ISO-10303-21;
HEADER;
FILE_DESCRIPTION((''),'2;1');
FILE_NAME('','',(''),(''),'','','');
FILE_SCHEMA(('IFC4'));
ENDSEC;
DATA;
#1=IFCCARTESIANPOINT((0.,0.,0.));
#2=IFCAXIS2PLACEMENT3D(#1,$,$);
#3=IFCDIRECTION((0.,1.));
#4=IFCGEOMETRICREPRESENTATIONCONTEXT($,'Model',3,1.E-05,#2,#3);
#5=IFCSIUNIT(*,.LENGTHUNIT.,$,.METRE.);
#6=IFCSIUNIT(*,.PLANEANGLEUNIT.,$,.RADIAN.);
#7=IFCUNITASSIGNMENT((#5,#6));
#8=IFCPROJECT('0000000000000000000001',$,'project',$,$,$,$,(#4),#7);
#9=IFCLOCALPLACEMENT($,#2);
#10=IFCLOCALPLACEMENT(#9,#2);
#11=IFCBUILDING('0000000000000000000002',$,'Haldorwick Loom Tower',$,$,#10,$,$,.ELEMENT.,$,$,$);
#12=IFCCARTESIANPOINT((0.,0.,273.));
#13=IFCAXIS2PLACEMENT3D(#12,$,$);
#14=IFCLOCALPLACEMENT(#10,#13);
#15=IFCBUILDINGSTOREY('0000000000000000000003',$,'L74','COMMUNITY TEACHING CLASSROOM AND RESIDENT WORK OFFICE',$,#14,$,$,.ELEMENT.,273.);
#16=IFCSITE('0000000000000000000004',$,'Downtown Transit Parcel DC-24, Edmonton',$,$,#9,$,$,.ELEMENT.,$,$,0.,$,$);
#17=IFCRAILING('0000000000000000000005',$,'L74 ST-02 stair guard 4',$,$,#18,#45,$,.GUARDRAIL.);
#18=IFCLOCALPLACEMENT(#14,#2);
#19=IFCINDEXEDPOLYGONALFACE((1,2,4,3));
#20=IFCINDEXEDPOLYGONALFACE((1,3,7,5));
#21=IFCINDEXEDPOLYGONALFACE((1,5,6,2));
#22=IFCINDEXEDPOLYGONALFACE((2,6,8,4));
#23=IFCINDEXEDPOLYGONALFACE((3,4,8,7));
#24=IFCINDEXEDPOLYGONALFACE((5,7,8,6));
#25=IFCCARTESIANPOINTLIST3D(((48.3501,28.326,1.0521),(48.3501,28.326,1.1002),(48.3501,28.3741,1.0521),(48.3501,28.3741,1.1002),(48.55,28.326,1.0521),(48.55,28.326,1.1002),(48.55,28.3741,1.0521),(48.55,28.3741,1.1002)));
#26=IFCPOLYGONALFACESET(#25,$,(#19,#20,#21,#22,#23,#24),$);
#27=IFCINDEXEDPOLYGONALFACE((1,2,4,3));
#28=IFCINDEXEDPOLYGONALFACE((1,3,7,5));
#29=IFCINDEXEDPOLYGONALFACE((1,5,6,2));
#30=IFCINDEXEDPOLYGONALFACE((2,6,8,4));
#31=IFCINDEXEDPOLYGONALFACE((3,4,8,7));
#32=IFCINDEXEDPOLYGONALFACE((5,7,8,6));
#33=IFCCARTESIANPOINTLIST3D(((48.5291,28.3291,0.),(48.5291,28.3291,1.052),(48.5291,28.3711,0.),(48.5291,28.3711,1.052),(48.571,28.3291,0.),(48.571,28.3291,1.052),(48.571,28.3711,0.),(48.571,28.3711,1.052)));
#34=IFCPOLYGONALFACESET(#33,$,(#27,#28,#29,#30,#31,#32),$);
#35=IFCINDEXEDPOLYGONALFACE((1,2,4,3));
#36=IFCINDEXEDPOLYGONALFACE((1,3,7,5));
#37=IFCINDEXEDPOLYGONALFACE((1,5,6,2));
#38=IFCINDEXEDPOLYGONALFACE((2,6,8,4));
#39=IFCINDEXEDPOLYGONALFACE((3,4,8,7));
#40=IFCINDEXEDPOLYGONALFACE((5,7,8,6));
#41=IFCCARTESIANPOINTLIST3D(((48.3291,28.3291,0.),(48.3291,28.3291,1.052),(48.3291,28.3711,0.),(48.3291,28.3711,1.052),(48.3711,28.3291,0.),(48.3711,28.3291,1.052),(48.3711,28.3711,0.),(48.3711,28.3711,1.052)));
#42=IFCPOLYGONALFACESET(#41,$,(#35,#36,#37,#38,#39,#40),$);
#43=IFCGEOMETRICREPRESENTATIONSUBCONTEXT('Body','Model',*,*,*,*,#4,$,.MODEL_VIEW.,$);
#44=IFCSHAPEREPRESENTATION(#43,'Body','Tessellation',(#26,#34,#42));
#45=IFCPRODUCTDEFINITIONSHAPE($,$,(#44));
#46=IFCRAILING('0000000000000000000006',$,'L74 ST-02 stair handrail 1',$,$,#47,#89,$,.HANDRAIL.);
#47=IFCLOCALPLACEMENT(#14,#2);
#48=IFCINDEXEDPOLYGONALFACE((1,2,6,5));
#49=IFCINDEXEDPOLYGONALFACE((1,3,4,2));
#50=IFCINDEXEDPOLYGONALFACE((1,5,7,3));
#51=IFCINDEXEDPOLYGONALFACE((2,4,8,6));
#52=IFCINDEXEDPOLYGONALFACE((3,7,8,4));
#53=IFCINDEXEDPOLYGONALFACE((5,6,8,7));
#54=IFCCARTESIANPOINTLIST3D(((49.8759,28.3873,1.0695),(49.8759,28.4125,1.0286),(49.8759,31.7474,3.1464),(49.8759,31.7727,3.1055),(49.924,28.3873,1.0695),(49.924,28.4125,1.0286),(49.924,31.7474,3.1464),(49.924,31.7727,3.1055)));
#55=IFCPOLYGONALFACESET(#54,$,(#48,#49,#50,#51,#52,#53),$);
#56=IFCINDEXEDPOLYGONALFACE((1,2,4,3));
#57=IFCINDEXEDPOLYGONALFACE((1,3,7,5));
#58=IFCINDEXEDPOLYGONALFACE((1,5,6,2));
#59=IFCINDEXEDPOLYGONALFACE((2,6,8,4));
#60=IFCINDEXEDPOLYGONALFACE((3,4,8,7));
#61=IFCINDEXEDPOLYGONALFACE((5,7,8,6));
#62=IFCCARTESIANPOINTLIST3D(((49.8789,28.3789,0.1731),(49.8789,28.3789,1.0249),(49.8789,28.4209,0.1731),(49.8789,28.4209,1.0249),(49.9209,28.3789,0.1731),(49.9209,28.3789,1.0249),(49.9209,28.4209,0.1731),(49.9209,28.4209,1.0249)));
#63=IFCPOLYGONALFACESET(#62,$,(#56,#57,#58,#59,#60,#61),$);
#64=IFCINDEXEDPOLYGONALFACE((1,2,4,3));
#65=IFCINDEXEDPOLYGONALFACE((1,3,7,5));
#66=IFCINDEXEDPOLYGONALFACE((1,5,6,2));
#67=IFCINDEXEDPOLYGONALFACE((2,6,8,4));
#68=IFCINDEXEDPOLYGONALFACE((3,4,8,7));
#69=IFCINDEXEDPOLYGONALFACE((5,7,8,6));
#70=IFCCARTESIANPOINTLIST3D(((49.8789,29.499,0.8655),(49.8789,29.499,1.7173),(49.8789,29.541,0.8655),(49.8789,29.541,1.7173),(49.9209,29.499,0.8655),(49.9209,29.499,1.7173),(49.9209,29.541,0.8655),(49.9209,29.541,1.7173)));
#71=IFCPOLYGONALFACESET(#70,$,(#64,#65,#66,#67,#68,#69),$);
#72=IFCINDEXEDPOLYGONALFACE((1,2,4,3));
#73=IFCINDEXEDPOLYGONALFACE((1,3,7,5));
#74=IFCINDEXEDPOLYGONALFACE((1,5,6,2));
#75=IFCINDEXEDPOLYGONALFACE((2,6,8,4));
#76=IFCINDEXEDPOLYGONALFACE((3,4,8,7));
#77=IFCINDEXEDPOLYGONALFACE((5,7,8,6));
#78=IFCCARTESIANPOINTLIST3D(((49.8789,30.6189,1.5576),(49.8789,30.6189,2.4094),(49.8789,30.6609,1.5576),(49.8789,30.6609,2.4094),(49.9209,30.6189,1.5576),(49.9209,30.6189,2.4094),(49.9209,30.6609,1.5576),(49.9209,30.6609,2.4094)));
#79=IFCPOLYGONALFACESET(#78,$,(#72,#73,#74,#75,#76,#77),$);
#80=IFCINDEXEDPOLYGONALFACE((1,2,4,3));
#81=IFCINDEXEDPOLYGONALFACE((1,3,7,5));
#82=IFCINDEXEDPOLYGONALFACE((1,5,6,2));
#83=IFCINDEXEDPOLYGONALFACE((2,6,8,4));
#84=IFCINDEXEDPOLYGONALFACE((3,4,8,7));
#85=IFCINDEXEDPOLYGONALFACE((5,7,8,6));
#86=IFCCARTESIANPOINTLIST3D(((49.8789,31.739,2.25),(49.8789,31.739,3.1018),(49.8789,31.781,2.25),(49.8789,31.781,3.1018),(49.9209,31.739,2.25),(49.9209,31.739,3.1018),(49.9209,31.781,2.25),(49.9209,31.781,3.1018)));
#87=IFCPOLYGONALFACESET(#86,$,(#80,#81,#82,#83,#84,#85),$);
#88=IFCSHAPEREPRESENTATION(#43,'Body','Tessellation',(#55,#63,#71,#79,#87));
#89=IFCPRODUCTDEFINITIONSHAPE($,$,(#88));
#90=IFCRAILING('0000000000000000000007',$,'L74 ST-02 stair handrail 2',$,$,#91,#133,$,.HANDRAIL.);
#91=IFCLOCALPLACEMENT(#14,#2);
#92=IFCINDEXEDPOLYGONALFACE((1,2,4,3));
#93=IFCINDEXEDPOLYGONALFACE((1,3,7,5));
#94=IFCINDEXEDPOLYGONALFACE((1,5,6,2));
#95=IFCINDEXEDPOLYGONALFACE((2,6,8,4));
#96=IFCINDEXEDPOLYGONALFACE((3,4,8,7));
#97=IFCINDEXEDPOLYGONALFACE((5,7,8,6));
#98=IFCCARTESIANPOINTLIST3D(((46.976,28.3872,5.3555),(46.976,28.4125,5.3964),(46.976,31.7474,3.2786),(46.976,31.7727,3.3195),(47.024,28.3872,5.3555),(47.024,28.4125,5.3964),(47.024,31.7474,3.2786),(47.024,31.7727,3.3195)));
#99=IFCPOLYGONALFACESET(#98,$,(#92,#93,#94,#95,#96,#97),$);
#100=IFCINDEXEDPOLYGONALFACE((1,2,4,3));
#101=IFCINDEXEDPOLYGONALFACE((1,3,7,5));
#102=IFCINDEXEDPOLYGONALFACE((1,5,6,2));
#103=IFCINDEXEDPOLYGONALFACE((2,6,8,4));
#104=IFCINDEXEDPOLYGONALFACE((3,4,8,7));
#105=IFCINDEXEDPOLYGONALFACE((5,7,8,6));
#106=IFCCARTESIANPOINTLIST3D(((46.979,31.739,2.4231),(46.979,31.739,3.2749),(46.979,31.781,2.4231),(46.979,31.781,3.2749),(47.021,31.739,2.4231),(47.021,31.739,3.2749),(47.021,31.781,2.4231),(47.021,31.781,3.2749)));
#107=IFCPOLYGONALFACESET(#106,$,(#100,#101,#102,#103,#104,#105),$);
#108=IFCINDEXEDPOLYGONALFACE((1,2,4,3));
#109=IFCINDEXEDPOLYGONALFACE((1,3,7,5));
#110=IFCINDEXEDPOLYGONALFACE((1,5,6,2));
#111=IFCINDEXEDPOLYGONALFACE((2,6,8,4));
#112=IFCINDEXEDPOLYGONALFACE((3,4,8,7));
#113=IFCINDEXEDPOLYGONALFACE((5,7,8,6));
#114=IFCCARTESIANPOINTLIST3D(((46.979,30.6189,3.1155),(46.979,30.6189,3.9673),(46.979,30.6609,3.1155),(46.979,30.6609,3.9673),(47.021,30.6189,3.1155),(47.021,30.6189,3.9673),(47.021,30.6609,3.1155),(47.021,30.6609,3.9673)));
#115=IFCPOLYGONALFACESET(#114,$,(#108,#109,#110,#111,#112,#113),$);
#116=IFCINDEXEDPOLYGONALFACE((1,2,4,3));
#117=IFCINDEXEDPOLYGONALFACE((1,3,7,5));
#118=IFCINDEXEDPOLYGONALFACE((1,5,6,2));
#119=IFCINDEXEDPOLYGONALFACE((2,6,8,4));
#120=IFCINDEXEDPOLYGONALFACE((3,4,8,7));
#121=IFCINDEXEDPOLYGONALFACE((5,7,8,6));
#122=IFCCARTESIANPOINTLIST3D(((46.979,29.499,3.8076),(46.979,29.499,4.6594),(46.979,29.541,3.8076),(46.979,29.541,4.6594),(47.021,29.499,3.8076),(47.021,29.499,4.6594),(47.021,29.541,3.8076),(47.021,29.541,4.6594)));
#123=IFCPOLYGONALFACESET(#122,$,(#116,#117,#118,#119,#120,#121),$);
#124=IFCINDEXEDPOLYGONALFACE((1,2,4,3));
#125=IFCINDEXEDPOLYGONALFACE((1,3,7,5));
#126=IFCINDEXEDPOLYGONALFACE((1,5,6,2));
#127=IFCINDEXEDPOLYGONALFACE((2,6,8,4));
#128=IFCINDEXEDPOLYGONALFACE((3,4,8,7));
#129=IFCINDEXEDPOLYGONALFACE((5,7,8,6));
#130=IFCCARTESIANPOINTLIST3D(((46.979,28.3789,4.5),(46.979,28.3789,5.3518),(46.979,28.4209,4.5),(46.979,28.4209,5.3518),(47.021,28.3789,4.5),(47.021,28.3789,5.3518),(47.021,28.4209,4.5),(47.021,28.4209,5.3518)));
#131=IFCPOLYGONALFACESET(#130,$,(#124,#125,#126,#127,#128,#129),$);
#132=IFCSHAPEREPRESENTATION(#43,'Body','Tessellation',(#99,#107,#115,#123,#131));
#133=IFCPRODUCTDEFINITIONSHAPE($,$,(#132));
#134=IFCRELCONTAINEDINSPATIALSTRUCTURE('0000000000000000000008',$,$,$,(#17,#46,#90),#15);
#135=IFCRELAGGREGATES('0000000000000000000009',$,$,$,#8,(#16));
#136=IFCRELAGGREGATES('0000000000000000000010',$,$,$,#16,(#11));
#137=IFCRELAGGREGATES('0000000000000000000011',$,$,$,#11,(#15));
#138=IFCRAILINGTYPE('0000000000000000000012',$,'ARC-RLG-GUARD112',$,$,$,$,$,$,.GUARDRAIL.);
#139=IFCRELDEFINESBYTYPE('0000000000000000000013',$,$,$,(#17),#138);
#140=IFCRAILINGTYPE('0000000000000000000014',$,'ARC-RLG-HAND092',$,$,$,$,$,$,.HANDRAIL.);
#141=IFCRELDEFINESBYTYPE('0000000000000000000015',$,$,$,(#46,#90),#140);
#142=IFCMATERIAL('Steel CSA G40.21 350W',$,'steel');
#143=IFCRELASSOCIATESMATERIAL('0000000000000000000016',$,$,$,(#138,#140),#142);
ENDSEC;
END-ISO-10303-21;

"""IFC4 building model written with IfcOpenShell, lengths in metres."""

from ifc_helpers import new_model, si_unit, direction, frame, origin, origin_2d, place, context, subcontext, project, spatial, rectangle, extrude, material, type_object, element, save


model = new_model("IFC4")

# Units and contexts
model_context = context("Model", 3, precision=1e-05, world=origin(), true_north=direction((0.0, 1.0)))
body_context = subcontext(model_context, "Body", "Model", "MODEL_VIEW")
ifc_project = project(units=[si_unit("LENGTHUNIT", "METRE"), si_unit("PLANEANGLEUNIT", "RADIAN")], contexts=[model_context])

# Site, building, storey
site_placement = place(None, origin())
site = spatial("IfcSite", under=ifc_project, at=site_placement, Name="Downtown Transit Parcel DC-24, Edmonton", CompositionType="ELEMENT", RefElevation=0.0)
building_placement = place(site_placement, origin())
building = spatial("IfcBuilding", under=site, at=building_placement, Name="Haldorwick Loom Tower", CompositionType="ELEMENT")
storey_placement = place(building_placement, frame((0.0, 0.0, 273.0)))
storey = spatial("IfcBuildingStorey", under=building, at=storey_placement, Name="L74", Description="COMMUNITY TEACHING CLASSROOM AND RESIDENT WORK OFFICE", CompositionType="ELEMENT", Elevation=273.0)

# Shared definitions
ifc_material_1 = material(Name="Steel CSA G40.21 350W", Category="steel")

# Railings
railing_type_1 = type_object("IfcRailingType", Name="ARC-RLG-GUARD112", PredefinedType="GUARDRAIL", material=ifc_material_1)
railing_1_placement = place(storey_placement, frame((48.55, 28.3501, 0.0)))
element("IfcRailing", 1, at=railing_1_placement, inside=storey, type_object=railing_type_1, Name="L74 ST-02 stair guard 4", PredefinedType="GUARDRAIL", context=body_context, shape_type="SweptSolid", body=[
    extrude(rectangle(XDim=0.0481, YDim=0.0481, at=origin_2d()), frame((0.0, 0.0, 1.0762), z_axis=(-1.0, 0.0, 0.0), x_axis=(0.0, -1.0, 0.0)), (0.0, 0.0, 1.0), 0.2),
    extrude(rectangle(XDim=0.042, YDim=0.042, at=origin_2d()), origin(), (0.0, 0.0, 1.0), 1.052),
    extrude(rectangle(XDim=0.042, YDim=0.042, at=origin_2d()), frame((-0.2, 0.0, 0.0)), (0.0, 0.0, 1.0), 1.052),
])
railing_type_2 = type_object("IfcRailingType", Name="ARC-RLG-HAND092", PredefinedType="HANDRAIL", material=ifc_material_1)
railing_2_placement = place(storey_placement, frame((49.8999, 28.3999, 0.1731)))
element("IfcRailing", 2, at=railing_2_placement, inside=storey, type_object=railing_type_2, Name="L74 ST-02 stair handrail 1", PredefinedType="HANDRAIL", context=body_context, shape_type="SweptSolid", body=[
    extrude(rectangle(XDim=0.0481, YDim=0.0481, at=origin_2d()), frame((0.0, 0.0, 0.876), z_axis=(0.0, 0.850623, 0.525776), x_axis=(-1.0, 0.0, 0.0)), (0.0, 0.0, 1.0), 3.9502),
    extrude(rectangle(XDim=0.042, YDim=0.042, at=origin_2d()), origin(), (0.0, 0.0, 1.0), 0.8518),
    extrude(rectangle(XDim=0.042, YDim=0.042, at=origin_2d()), frame((0.0, 1.1201, 0.6924)), (0.0, 0.0, 1.0), 0.8518),
    extrude(rectangle(XDim=0.042, YDim=0.042, at=origin_2d()), frame((0.0, 2.24, 1.3845)), (0.0, 0.0, 1.0), 0.8518),
    extrude(rectangle(XDim=0.042, YDim=0.042, at=origin_2d()), frame((0.0, 3.3601, 2.0769)), (0.0, 0.0, 1.0), 0.8518),
])
railing_3_placement = place(storey_placement, frame((47.0, 31.76, 2.4231)))
element("IfcRailing", 3, at=railing_3_placement, inside=storey, type_object=railing_type_2, Name="L74 ST-02 stair handrail 2", PredefinedType="HANDRAIL", context=body_context, shape_type="SweptSolid", body=[
    extrude(rectangle(XDim=0.0481, YDim=0.0481, at=origin_2d()), frame((0.0, 0.0, 0.876), z_axis=(0.0, -0.850623, 0.525776), x_axis=(1.0, 0.0, 0.0)), (0.0, 0.0, 1.0), 3.9502),
    extrude(rectangle(XDim=0.042, YDim=0.042, at=origin_2d()), origin(), (0.0, 0.0, 1.0), 0.8518),
    extrude(rectangle(XDim=0.042, YDim=0.042, at=origin_2d()), frame((0.0, -1.1201, 0.6924)), (0.0, 0.0, 1.0), 0.8518),
    extrude(rectangle(XDim=0.042, YDim=0.042, at=origin_2d()), frame((0.0, -2.24, 1.3845)), (0.0, 0.0, 1.0), 0.8518),
    extrude(rectangle(XDim=0.042, YDim=0.042, at=origin_2d()), frame((0.0, -3.3601, 2.0769)), (0.0, 0.0, 1.0), 0.8518),
])

save(model, "model.ifc")
